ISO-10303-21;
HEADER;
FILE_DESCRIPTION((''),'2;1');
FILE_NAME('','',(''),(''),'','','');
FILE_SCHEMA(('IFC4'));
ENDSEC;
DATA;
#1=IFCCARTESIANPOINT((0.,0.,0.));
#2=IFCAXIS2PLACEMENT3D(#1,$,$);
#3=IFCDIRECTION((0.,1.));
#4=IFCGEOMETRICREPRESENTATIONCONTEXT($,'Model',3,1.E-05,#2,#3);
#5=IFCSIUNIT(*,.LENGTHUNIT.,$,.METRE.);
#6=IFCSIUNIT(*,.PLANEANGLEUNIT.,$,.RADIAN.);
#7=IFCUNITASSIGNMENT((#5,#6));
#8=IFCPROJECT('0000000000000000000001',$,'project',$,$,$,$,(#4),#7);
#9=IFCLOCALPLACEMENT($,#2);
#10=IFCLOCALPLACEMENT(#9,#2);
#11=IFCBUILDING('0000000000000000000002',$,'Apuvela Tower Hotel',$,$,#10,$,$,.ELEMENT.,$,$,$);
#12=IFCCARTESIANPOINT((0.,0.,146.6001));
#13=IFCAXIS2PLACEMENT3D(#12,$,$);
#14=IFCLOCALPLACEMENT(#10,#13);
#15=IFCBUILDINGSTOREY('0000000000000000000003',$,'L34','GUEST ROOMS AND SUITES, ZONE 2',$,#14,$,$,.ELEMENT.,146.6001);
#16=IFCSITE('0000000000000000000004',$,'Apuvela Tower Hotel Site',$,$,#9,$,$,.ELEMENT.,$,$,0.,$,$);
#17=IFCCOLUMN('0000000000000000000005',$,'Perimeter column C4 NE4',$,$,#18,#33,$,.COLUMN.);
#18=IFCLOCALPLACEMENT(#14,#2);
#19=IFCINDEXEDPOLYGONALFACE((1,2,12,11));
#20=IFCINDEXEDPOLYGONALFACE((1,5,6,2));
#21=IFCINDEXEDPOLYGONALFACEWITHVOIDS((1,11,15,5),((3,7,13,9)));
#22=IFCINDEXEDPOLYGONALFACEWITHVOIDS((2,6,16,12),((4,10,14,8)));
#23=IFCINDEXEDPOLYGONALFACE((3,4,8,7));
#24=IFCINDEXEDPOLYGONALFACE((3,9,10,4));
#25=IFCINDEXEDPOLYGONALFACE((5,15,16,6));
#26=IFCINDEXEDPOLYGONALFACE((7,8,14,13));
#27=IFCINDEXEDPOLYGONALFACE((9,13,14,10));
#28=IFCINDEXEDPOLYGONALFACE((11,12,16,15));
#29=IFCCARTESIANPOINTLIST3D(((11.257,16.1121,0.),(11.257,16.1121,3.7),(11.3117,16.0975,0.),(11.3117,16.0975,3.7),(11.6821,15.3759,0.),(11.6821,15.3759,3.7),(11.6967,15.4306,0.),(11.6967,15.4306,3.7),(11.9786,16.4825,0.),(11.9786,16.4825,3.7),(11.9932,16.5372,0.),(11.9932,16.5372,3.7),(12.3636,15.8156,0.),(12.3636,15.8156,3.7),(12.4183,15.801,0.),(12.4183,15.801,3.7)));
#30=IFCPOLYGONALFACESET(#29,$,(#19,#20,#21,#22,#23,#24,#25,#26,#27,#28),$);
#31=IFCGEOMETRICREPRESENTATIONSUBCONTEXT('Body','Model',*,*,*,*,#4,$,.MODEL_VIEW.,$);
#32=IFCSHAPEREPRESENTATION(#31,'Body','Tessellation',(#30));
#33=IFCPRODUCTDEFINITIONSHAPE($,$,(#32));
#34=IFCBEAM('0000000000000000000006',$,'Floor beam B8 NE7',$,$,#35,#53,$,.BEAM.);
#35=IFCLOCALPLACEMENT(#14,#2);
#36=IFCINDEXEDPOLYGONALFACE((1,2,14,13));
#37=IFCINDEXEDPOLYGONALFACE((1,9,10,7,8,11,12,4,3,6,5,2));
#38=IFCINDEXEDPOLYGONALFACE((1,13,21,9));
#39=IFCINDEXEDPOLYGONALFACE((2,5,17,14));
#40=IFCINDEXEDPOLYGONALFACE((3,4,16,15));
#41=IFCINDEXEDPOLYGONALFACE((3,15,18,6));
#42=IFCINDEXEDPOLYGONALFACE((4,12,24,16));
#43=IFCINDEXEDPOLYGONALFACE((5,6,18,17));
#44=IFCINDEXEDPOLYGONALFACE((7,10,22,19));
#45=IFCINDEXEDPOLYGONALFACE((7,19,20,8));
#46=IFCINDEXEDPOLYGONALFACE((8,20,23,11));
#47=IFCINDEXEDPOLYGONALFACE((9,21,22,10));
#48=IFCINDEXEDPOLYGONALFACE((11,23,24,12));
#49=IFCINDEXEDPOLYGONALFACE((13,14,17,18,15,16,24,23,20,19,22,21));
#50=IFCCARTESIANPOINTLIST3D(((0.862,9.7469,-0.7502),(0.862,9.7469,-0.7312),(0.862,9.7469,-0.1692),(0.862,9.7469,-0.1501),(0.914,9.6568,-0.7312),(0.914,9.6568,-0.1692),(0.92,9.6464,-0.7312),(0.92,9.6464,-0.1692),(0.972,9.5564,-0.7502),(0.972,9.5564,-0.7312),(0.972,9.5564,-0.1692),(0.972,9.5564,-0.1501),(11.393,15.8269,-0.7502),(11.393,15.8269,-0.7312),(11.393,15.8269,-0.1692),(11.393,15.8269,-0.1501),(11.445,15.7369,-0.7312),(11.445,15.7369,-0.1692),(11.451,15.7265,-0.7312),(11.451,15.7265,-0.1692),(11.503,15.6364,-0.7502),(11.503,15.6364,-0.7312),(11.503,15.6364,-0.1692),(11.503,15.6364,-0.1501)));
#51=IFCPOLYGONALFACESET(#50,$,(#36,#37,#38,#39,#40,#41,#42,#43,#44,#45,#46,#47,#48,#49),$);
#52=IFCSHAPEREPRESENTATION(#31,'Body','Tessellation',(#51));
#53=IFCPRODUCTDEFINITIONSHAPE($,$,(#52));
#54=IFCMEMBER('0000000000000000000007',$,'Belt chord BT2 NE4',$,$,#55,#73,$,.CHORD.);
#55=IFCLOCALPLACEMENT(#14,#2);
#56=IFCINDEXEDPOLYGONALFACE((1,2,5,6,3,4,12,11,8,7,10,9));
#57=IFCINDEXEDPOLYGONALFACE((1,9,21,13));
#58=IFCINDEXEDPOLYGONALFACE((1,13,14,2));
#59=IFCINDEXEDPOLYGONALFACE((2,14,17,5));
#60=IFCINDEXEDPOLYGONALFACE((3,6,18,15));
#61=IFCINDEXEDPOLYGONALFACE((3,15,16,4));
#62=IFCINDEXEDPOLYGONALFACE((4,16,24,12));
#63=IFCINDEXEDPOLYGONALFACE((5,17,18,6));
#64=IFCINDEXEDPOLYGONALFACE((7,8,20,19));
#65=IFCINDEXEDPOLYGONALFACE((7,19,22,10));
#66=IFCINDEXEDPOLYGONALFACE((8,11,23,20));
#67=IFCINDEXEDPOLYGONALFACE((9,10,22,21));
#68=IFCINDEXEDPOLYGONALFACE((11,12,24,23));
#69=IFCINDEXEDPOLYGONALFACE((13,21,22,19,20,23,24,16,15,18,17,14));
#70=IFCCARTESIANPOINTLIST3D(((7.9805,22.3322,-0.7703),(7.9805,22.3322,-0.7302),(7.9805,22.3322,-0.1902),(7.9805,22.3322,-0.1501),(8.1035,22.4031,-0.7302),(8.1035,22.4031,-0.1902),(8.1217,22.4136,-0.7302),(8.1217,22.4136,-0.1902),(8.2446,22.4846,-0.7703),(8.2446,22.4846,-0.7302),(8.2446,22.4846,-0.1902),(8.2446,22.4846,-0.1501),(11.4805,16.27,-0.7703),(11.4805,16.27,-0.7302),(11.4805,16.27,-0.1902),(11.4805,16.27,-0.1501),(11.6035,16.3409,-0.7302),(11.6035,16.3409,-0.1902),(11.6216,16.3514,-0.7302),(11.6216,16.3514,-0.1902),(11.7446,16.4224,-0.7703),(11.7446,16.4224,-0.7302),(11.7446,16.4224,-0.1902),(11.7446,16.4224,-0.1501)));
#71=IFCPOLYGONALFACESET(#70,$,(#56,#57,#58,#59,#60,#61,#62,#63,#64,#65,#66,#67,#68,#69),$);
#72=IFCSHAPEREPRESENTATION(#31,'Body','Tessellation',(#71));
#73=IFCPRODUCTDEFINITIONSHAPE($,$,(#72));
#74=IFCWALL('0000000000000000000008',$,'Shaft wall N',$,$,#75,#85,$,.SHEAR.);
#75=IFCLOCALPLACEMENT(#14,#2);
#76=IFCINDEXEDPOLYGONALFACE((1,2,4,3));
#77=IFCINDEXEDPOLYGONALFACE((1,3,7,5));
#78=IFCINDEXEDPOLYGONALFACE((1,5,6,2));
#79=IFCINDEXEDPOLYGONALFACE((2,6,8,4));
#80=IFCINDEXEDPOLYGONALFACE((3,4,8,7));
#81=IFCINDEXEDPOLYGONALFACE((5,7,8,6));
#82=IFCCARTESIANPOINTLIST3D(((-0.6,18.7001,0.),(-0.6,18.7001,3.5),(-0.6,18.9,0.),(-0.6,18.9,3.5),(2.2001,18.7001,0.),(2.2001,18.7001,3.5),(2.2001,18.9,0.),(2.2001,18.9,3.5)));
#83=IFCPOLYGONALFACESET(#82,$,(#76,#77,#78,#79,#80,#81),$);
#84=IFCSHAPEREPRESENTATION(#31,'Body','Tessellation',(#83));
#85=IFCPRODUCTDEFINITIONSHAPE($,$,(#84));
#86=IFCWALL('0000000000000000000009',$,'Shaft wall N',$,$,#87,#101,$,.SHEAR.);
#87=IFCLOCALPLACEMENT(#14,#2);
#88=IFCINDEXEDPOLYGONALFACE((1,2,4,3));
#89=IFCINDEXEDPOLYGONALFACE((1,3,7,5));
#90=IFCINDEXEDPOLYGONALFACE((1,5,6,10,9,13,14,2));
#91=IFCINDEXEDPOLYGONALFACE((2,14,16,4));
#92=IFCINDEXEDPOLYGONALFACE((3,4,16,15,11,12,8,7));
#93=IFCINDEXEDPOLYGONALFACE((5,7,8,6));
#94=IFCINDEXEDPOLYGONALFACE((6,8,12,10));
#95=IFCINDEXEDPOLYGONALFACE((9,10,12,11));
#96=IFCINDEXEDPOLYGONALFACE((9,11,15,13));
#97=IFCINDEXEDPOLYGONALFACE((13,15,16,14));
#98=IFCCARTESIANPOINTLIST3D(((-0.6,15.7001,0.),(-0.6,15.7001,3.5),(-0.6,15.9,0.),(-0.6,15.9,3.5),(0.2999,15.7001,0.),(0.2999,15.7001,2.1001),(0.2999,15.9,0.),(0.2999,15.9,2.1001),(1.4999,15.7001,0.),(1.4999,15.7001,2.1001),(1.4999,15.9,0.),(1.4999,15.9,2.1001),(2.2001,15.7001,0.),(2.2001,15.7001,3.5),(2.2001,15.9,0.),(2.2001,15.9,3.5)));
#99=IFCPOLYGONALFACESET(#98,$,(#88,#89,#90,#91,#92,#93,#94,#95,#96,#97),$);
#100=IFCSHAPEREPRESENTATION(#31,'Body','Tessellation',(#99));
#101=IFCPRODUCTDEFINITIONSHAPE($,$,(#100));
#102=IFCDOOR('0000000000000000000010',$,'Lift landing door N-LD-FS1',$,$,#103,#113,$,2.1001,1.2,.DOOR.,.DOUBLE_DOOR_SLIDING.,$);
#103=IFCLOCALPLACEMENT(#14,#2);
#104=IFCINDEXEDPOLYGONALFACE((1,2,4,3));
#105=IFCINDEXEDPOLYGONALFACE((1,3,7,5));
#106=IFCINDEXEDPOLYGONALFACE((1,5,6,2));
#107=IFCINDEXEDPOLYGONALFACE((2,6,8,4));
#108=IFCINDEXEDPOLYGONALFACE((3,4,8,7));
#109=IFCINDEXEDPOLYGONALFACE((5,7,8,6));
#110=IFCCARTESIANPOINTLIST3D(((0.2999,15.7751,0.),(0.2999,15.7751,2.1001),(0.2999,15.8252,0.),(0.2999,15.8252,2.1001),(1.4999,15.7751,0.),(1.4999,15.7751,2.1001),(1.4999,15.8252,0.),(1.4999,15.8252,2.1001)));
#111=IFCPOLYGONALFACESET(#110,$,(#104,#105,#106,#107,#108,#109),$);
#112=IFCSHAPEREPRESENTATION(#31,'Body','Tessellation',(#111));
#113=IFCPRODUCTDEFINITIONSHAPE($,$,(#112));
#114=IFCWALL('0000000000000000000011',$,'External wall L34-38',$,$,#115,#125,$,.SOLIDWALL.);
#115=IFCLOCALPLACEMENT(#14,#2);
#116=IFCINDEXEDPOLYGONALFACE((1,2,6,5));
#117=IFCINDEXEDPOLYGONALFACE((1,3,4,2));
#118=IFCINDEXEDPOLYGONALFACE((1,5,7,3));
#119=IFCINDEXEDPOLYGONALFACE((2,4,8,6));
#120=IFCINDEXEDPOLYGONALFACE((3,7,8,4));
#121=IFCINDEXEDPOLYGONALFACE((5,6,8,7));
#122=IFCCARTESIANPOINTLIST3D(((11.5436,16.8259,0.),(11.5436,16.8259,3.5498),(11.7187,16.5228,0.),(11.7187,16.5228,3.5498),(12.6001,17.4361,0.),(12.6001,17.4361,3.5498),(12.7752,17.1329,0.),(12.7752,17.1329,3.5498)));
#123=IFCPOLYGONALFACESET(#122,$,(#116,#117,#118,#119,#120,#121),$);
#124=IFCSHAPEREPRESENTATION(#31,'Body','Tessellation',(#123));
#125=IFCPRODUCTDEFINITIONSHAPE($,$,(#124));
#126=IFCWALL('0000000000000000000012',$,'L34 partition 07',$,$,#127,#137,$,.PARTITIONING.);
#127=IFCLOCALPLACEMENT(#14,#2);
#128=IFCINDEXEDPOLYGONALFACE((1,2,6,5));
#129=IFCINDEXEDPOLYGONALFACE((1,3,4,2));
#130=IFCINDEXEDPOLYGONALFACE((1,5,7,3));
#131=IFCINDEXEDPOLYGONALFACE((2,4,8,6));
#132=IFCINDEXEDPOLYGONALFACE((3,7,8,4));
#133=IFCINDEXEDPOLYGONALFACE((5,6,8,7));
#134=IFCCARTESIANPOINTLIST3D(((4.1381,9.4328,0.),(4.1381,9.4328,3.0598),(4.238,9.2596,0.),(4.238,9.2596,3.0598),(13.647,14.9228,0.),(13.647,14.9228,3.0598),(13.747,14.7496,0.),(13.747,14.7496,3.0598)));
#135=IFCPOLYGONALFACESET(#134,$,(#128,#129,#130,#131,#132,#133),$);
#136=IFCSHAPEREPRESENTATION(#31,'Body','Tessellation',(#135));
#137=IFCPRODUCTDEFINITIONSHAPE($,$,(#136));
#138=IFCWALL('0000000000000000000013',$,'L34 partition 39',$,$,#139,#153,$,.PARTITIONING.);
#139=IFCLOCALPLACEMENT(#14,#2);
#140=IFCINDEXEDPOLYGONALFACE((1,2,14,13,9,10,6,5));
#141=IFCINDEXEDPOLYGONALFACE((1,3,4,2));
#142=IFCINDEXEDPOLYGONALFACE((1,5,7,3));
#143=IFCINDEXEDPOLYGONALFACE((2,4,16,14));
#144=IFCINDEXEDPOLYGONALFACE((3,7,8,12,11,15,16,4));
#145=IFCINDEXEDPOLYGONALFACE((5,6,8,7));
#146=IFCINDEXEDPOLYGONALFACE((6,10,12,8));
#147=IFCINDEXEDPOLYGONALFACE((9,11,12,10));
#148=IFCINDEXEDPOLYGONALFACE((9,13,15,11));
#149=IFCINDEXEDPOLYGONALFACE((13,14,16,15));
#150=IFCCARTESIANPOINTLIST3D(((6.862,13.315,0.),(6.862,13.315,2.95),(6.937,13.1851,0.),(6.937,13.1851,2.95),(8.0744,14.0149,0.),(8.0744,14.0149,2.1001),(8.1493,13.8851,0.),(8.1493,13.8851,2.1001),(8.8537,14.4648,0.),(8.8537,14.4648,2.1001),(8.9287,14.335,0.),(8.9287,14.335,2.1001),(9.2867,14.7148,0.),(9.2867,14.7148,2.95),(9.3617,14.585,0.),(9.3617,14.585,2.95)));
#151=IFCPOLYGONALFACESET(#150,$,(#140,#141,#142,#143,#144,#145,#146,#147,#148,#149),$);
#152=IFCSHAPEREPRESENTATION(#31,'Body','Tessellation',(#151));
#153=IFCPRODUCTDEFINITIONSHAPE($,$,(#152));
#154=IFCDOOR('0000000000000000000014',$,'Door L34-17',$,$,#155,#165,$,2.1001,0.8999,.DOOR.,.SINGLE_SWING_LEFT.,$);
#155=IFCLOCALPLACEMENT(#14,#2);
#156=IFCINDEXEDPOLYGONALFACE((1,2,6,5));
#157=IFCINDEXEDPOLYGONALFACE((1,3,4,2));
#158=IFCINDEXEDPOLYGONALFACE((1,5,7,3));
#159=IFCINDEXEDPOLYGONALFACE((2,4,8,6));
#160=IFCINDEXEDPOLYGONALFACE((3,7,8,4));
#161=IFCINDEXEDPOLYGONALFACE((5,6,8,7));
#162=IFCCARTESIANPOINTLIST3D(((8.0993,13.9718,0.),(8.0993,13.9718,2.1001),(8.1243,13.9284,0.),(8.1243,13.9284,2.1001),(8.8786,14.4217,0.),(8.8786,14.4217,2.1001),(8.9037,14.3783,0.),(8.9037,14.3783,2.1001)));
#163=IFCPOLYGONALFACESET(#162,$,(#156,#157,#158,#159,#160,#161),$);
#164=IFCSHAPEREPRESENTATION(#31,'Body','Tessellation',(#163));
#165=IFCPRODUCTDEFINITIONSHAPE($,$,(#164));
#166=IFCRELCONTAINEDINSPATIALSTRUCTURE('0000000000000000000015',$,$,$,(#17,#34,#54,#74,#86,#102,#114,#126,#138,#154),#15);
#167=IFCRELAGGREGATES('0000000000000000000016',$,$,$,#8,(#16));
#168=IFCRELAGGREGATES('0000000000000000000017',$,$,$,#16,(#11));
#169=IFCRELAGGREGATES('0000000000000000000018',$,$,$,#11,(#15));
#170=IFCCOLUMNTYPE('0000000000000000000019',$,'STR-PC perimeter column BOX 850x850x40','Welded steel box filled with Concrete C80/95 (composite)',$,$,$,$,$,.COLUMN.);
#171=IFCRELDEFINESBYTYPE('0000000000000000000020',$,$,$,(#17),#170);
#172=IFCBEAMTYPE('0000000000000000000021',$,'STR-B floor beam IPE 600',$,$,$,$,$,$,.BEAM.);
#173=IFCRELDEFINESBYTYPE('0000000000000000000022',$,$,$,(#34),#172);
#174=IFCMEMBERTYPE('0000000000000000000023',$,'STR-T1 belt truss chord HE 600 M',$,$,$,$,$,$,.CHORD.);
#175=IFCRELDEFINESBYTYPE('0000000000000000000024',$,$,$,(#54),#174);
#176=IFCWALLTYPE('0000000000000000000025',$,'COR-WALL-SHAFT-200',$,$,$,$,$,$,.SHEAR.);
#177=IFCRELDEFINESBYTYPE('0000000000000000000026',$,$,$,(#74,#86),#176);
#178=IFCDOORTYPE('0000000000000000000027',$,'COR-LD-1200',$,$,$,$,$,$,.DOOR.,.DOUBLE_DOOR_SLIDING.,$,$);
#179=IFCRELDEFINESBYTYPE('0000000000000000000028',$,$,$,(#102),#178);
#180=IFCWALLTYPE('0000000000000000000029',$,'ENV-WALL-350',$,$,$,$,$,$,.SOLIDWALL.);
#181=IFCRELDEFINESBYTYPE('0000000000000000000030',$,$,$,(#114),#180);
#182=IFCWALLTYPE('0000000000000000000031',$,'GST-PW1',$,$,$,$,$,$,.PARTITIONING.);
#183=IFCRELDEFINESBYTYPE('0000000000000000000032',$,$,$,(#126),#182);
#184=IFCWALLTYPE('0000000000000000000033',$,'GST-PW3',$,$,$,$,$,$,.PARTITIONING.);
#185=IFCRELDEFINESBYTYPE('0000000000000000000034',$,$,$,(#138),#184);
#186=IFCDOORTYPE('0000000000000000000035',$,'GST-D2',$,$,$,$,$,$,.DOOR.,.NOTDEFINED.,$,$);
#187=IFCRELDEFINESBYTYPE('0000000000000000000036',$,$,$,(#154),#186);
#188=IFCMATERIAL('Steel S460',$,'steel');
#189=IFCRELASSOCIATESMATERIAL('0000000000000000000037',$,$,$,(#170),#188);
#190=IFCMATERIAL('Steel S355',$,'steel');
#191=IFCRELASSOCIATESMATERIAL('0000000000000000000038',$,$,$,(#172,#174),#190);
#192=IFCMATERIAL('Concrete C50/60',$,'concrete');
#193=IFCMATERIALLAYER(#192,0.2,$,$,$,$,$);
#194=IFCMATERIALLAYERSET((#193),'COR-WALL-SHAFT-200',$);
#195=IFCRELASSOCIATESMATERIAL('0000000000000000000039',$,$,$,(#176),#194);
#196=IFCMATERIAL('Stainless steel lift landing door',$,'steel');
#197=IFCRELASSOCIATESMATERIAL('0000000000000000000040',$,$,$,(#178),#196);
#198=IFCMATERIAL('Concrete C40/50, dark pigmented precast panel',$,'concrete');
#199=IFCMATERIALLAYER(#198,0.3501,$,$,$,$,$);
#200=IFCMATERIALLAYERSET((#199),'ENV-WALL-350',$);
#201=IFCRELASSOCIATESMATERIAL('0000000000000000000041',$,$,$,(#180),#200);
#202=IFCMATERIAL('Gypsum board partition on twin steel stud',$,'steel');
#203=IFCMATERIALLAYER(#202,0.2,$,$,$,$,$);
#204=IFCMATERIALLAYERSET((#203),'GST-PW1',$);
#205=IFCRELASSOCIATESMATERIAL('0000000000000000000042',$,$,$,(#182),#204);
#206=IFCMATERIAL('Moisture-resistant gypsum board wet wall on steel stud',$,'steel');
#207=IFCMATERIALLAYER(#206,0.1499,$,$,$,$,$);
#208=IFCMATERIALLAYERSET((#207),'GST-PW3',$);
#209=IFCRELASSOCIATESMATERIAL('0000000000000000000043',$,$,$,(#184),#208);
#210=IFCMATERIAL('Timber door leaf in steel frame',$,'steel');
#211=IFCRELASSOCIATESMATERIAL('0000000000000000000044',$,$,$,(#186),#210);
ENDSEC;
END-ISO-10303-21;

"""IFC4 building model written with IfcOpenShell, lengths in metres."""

from ifc_helpers import new_model, si_unit, direction, frame, frame_2d, origin, origin_2d, place, context, subcontext, project, spatial, rectangle, hollow_rectangle, i_section, extrude, material, layer, layer_set, material_profile, profile_set, type_object, element, fill, save


model = new_model("IFC4")

# Units and contexts
model_context = context("Model", 3, precision=1e-05, world=origin(), true_north=direction((0.0, 1.0)))
body_context = subcontext(model_context, "Body", "Model", "MODEL_VIEW")
ifc_project = project(units=[si_unit("LENGTHUNIT", "METRE"), si_unit("PLANEANGLEUNIT", "RADIAN")], contexts=[model_context])

# Site, building, storey
site_placement = place(None, origin())
site = spatial("IfcSite", under=ifc_project, at=site_placement, Name="Apuvela Tower Hotel Site", CompositionType="ELEMENT", RefElevation=0.0)
building_placement = place(site_placement, origin())
building = spatial("IfcBuilding", under=site, at=building_placement, Name="Apuvela Tower Hotel", CompositionType="ELEMENT")
storey_placement = place(building_placement, frame((0.0, 0.0, 146.6001)))
storey = spatial("IfcBuildingStorey", under=building, at=storey_placement, Name="L34", Description="GUEST ROOMS AND SUITES, ZONE 2", CompositionType="ELEMENT", Elevation=146.6001)

# Column
ifc_material_1 = material(Name="Steel S460", Category="steel")
ifc_material_profile_1 = material_profile(ifc_material_1, hollow_rectangle(XDim=0.8501, YDim=0.8501, WallThickness=0.04, at=origin_2d()), Name="BOX 850x850x40")
ifc_material_2 = material(Name="Concrete C80/95", Category="concrete")
ifc_material_profile_2 = material_profile(ifc_material_2, rectangle(XDim=0.77, YDim=0.77, at=origin_2d()), Name="Concrete C80/95 infill")
ifc_profile_set_1 = profile_set([ifc_material_profile_1, ifc_material_profile_2], Name="Steel S460")
column_type = type_object("IfcColumnType", Name="STR-PC perimeter column BOX 850x850x40", Description="Welded steel box filled with Concrete C80/95 (composite)", PredefinedType="COLUMN", material=ifc_profile_set_1)
column_placement = place(storey_placement, frame((11.8376, 15.9565, 0.0), z_axis=(0.0, 0.0, 1.0), x_axis=(-0.5, 0.866025, 0.0)))
element("IfcColumn", 1, at=column_placement, inside=storey, type_object=column_type, Name="Perimeter column C4 NE4", PredefinedType="COLUMN", context=body_context, shape_type="SweptSolid", body=[
    extrude(hollow_rectangle(XDim=0.8501, YDim=0.8501, WallThickness=0.04, at=origin_2d()), origin(), (0.0, 0.0, 1.0), 3.7),
])

# Beam
ifc_material_3 = material(Name="Steel S355", Category="steel")
ifc_material_profile_3 = material_profile(ifc_material_3, i_section(OverallWidth=0.22, OverallDepth=0.6001, WebThickness=0.012, FlangeThickness=0.019, at=origin_2d()), Name="IPE 600")
ifc_profile_set_2 = profile_set([ifc_material_profile_3], Name="Steel S355")
beam_type = type_object("IfcBeamType", Name="STR-B floor beam IPE 600", PredefinedType="BEAM", material=ifc_profile_set_2)
beam_placement = place(storey_placement, frame((11.448, 15.7317, -0.4502), z_axis=(-0.866025, -0.5, 0.0), x_axis=(0.5, -0.866025, 0.0)))
element("IfcBeam", 2, at=beam_placement, inside=storey, type_object=beam_type, Name="Floor beam B8 NE7", PredefinedType="BEAM", context=body_context, shape_type="SweptSolid", body=[
    extrude(i_section(OverallWidth=0.22, OverallDepth=0.6001, WebThickness=0.012, FlangeThickness=0.019, at=origin_2d()), origin(), (0.0, 0.0, 1.0), 12.1602),
])

# Member
ifc_material_profile_4 = material_profile(ifc_material_3, i_section(OverallWidth=0.3049, OverallDepth=0.6201, WebThickness=0.021, FlangeThickness=0.04, at=origin_2d()), Name="HE 600 M")
ifc_profile_set_3 = profile_set([ifc_material_profile_4], Name="Steel S355")
member_type = type_object("IfcMemberType", Name="STR-T1 belt truss chord HE 600 M", PredefinedType="CHORD", material=ifc_profile_set_3)
member_placement = place(storey_placement, frame((11.6125, 16.3462, -0.4602), z_axis=(-0.499995, 0.866028, 0.0), x_axis=(-0.866028, -0.499995, 0.0)))
element("IfcMember", 3, at=member_placement, inside=storey, type_object=member_type, Name="Belt chord BT2 NE4", PredefinedType="CHORD", context=body_context, shape_type="SweptSolid", body=[
    extrude(i_section(OverallWidth=0.3049, OverallDepth=0.6201, WebThickness=0.021, FlangeThickness=0.04, at=origin_2d()), origin(), (0.0, 0.0, 1.0), 7.0),
])

# Wall
ifc_material_4 = material(Name="Concrete C50/60", Category="concrete")
ifc_layer_1 = layer(ifc_material_4, 0.2)
ifc_layer_set_1 = layer_set([ifc_layer_1], Name="COR-WALL-SHAFT-200")
wall_type_1 = type_object("IfcWallType", Name="COR-WALL-SHAFT-200", PredefinedType="SHEAR", material=ifc_layer_set_1)
wall_1_placement = place(storey_placement, frame((2.2, 18.8, 0.0), z_axis=(0.0, 0.0, 1.0), x_axis=(-1.0, 0.0, 0.0)))
element("IfcWall", 4, at=wall_1_placement, inside=storey, type_object=wall_type_1, Name="Shaft wall N", PredefinedType="SHEAR", context=body_context, shape_type="SweptSolid", body=[
    extrude(rectangle(XDim=2.8, YDim=0.2, at=frame_2d((1.3999, 0.0))), origin(), (0.0, 0.0, 1.0), 3.5),
])

# Wall, opening, door
wall_2_placement = place(storey_placement, frame((2.2, 15.8, 0.0), z_axis=(0.0, 0.0, 1.0), x_axis=(-1.0, 0.0, 0.0)))
wall_2 = element("IfcWall", 5, at=wall_2_placement, inside=storey, type_object=wall_type_1, Name="Shaft wall N", PredefinedType="SHEAR", context=body_context, shape_type="SweptSolid", body=[
    extrude(rectangle(XDim=2.8, YDim=0.2, at=frame_2d((1.3999, 0.0))), origin(), (0.0, 0.0, 1.0), 3.5),
])
opening_1_placement = place(wall_2_placement, frame((0.7, 0.0, 0.0)))
opening_1 = element("IfcOpeningElement", 6, at=opening_1_placement, cuts=wall_2, PredefinedType="OPENING", context=body_context, shape_type="SweptSolid", body=[
    extrude(rectangle(XDim=1.2, YDim=2.1001, at=frame_2d((0.6001, 1.05))), frame((0.0, 0.1099, 0.0), z_axis=(0.0, -1.0, 0.0), x_axis=(1.0, 0.0, 0.0)), (0.0, 0.0, 1.0), 0.22),
])
ifc_material_5 = material(Name="Stainless steel lift landing door", Category="steel")
door_type_1 = type_object("IfcDoorType", Name="COR-LD-1200", OperationType="DOUBLE_DOOR_SLIDING", PredefinedType="DOOR", material=ifc_material_5)
door_1_placement = place(opening_1_placement, origin())
door_1 = element("IfcDoor", 7, at=door_1_placement, inside=storey, type_object=door_type_1, Name="Lift landing door N-LD-FS1", OperationType="DOUBLE_DOOR_SLIDING", OverallHeight=2.1001, OverallWidth=1.2, PredefinedType="DOOR", context=body_context, shape_type="SweptSolid", body=[
    extrude(rectangle(XDim=1.2, YDim=2.1001, at=frame_2d((0.6001, 1.05))), frame((0.0, 0.0249, 0.0), z_axis=(0.0, -1.0, 0.0), x_axis=(1.0, 0.0, 0.0)), (0.0, 0.0, 1.0), 0.05),
])
fill(opening_1, door_1)

# Wall
ifc_material_6 = material(Name="Concrete C40/50, dark pigmented precast panel", Category="concrete")
ifc_layer_2 = layer(ifc_material_6, 0.3501)
ifc_layer_set_2 = layer_set([ifc_layer_2], Name="ENV-WALL-350")
wall_type_2 = type_object("IfcWallType", Name="ENV-WALL-350", PredefinedType="SOLIDWALL", material=ifc_layer_set_2)
wall_3_placement = place(storey_placement, frame((12.6875, 17.2844, 0.0), z_axis=(0.0, 0.0, 1.0), x_axis=(-0.865956, -0.500121, 0.0)))
element("IfcWall", 8, at=wall_3_placement, inside=storey, type_object=wall_type_2, Name="External wall L34-38", PredefinedType="SOLIDWALL", context=body_context, shape_type="SweptSolid", body=[
    extrude(rectangle(XDim=1.22, YDim=0.3501, at=frame_2d((0.6099, 0.0))), origin(), (0.0, 0.0, 1.0), 3.5498),
])

# Wall
ifc_material_7 = material(Name="Gypsum board partition on twin steel stud", Category="steel")
ifc_layer_3 = layer(ifc_material_7, 0.2)
ifc_layer_set_3 = layer_set([ifc_layer_3], Name="GST-PW1")
wall_type_3 = type_object("IfcWallType", Name="GST-PW1", PredefinedType="PARTITIONING", material=ifc_layer_set_3)
wall_4_placement = place(storey_placement, frame((13.697, 14.8362, 0.0), z_axis=(0.0, 0.0, 1.0), x_axis=(-0.866027, -0.499996, 0.0)))
element("IfcWall", 9, at=wall_4_placement, inside=storey, type_object=wall_type_3, Name="L34 partition 07", PredefinedType="PARTITIONING", context=body_context, shape_type="SweptSolid", body=[
    extrude(rectangle(XDim=10.98, YDim=0.2, at=frame_2d((5.49, 0.0))), origin(), (0.0, 0.0, 1.0), 3.0598),
])

# Wall, opening, door
ifc_material_8 = material(Name="Moisture-resistant gypsum board wet wall on steel stud", Category="steel")
ifc_layer_4 = layer(ifc_material_8, 0.1499)
ifc_layer_set_4 = layer_set([ifc_layer_4], Name="GST-PW3")
wall_type_4 = type_object("IfcWallType", Name="GST-PW3", PredefinedType="PARTITIONING", material=ifc_layer_set_4)
wall_5_placement = place(storey_placement, frame((9.3242, 14.6499, 0.0), z_axis=(0.0, 0.0, 1.0), x_axis=(-0.866035, -0.499984, 0.0)))
wall_5 = element("IfcWall", 10, at=wall_5_placement, inside=storey, type_object=wall_type_4, Name="L34 partition 39", PredefinedType="PARTITIONING", context=body_context, shape_type="SweptSolid", body=[
    extrude(rectangle(XDim=2.7998, YDim=0.1499, at=frame_2d((1.3999, 0.0))), origin(), (0.0, 0.0, 1.0), 2.95),
])
opening_2_placement = place(wall_5_placement, frame((0.5, 0.0, 0.0)))
opening_2 = element("IfcOpeningElement", 11, at=opening_2_placement, cuts=wall_5, PredefinedType="OPENING", context=body_context, shape_type="SweptSolid", body=[
    extrude(rectangle(XDim=0.8999, YDim=2.1001, at=frame_2d((0.45, 1.05))), frame((0.0, 0.085, 0.0), z_axis=(0.0, -1.0, 0.0), x_axis=(1.0, 0.0, 0.0)), (0.0, 0.0, 1.0), 0.1699),
])
ifc_material_9 = material(Name="Timber door leaf in steel frame", Category="steel")
door_type_2 = type_object("IfcDoorType", Name="GST-D2", OperationType="NOTDEFINED", PredefinedType="DOOR", material=ifc_material_9)
door_2_placement = place(opening_2_placement, origin())
door_2 = element("IfcDoor", 12, at=door_2_placement, inside=storey, type_object=door_type_2, Name="Door L34-17", OperationType="SINGLE_SWING_LEFT", OverallHeight=2.1001, OverallWidth=0.8999, PredefinedType="DOOR", context=body_context, shape_type="SweptSolid", body=[
    extrude(rectangle(XDim=0.8999, YDim=2.1001, at=frame_2d((0.45, 1.05))), frame((0.0, 0.0249, 0.0), z_axis=(0.0, -1.0, 0.0), x_axis=(1.0, 0.0, 0.0)), (0.0, 0.0, 1.0), 0.05),
])
fill(opening_2, door_2)

save(model, "model.ifc")
